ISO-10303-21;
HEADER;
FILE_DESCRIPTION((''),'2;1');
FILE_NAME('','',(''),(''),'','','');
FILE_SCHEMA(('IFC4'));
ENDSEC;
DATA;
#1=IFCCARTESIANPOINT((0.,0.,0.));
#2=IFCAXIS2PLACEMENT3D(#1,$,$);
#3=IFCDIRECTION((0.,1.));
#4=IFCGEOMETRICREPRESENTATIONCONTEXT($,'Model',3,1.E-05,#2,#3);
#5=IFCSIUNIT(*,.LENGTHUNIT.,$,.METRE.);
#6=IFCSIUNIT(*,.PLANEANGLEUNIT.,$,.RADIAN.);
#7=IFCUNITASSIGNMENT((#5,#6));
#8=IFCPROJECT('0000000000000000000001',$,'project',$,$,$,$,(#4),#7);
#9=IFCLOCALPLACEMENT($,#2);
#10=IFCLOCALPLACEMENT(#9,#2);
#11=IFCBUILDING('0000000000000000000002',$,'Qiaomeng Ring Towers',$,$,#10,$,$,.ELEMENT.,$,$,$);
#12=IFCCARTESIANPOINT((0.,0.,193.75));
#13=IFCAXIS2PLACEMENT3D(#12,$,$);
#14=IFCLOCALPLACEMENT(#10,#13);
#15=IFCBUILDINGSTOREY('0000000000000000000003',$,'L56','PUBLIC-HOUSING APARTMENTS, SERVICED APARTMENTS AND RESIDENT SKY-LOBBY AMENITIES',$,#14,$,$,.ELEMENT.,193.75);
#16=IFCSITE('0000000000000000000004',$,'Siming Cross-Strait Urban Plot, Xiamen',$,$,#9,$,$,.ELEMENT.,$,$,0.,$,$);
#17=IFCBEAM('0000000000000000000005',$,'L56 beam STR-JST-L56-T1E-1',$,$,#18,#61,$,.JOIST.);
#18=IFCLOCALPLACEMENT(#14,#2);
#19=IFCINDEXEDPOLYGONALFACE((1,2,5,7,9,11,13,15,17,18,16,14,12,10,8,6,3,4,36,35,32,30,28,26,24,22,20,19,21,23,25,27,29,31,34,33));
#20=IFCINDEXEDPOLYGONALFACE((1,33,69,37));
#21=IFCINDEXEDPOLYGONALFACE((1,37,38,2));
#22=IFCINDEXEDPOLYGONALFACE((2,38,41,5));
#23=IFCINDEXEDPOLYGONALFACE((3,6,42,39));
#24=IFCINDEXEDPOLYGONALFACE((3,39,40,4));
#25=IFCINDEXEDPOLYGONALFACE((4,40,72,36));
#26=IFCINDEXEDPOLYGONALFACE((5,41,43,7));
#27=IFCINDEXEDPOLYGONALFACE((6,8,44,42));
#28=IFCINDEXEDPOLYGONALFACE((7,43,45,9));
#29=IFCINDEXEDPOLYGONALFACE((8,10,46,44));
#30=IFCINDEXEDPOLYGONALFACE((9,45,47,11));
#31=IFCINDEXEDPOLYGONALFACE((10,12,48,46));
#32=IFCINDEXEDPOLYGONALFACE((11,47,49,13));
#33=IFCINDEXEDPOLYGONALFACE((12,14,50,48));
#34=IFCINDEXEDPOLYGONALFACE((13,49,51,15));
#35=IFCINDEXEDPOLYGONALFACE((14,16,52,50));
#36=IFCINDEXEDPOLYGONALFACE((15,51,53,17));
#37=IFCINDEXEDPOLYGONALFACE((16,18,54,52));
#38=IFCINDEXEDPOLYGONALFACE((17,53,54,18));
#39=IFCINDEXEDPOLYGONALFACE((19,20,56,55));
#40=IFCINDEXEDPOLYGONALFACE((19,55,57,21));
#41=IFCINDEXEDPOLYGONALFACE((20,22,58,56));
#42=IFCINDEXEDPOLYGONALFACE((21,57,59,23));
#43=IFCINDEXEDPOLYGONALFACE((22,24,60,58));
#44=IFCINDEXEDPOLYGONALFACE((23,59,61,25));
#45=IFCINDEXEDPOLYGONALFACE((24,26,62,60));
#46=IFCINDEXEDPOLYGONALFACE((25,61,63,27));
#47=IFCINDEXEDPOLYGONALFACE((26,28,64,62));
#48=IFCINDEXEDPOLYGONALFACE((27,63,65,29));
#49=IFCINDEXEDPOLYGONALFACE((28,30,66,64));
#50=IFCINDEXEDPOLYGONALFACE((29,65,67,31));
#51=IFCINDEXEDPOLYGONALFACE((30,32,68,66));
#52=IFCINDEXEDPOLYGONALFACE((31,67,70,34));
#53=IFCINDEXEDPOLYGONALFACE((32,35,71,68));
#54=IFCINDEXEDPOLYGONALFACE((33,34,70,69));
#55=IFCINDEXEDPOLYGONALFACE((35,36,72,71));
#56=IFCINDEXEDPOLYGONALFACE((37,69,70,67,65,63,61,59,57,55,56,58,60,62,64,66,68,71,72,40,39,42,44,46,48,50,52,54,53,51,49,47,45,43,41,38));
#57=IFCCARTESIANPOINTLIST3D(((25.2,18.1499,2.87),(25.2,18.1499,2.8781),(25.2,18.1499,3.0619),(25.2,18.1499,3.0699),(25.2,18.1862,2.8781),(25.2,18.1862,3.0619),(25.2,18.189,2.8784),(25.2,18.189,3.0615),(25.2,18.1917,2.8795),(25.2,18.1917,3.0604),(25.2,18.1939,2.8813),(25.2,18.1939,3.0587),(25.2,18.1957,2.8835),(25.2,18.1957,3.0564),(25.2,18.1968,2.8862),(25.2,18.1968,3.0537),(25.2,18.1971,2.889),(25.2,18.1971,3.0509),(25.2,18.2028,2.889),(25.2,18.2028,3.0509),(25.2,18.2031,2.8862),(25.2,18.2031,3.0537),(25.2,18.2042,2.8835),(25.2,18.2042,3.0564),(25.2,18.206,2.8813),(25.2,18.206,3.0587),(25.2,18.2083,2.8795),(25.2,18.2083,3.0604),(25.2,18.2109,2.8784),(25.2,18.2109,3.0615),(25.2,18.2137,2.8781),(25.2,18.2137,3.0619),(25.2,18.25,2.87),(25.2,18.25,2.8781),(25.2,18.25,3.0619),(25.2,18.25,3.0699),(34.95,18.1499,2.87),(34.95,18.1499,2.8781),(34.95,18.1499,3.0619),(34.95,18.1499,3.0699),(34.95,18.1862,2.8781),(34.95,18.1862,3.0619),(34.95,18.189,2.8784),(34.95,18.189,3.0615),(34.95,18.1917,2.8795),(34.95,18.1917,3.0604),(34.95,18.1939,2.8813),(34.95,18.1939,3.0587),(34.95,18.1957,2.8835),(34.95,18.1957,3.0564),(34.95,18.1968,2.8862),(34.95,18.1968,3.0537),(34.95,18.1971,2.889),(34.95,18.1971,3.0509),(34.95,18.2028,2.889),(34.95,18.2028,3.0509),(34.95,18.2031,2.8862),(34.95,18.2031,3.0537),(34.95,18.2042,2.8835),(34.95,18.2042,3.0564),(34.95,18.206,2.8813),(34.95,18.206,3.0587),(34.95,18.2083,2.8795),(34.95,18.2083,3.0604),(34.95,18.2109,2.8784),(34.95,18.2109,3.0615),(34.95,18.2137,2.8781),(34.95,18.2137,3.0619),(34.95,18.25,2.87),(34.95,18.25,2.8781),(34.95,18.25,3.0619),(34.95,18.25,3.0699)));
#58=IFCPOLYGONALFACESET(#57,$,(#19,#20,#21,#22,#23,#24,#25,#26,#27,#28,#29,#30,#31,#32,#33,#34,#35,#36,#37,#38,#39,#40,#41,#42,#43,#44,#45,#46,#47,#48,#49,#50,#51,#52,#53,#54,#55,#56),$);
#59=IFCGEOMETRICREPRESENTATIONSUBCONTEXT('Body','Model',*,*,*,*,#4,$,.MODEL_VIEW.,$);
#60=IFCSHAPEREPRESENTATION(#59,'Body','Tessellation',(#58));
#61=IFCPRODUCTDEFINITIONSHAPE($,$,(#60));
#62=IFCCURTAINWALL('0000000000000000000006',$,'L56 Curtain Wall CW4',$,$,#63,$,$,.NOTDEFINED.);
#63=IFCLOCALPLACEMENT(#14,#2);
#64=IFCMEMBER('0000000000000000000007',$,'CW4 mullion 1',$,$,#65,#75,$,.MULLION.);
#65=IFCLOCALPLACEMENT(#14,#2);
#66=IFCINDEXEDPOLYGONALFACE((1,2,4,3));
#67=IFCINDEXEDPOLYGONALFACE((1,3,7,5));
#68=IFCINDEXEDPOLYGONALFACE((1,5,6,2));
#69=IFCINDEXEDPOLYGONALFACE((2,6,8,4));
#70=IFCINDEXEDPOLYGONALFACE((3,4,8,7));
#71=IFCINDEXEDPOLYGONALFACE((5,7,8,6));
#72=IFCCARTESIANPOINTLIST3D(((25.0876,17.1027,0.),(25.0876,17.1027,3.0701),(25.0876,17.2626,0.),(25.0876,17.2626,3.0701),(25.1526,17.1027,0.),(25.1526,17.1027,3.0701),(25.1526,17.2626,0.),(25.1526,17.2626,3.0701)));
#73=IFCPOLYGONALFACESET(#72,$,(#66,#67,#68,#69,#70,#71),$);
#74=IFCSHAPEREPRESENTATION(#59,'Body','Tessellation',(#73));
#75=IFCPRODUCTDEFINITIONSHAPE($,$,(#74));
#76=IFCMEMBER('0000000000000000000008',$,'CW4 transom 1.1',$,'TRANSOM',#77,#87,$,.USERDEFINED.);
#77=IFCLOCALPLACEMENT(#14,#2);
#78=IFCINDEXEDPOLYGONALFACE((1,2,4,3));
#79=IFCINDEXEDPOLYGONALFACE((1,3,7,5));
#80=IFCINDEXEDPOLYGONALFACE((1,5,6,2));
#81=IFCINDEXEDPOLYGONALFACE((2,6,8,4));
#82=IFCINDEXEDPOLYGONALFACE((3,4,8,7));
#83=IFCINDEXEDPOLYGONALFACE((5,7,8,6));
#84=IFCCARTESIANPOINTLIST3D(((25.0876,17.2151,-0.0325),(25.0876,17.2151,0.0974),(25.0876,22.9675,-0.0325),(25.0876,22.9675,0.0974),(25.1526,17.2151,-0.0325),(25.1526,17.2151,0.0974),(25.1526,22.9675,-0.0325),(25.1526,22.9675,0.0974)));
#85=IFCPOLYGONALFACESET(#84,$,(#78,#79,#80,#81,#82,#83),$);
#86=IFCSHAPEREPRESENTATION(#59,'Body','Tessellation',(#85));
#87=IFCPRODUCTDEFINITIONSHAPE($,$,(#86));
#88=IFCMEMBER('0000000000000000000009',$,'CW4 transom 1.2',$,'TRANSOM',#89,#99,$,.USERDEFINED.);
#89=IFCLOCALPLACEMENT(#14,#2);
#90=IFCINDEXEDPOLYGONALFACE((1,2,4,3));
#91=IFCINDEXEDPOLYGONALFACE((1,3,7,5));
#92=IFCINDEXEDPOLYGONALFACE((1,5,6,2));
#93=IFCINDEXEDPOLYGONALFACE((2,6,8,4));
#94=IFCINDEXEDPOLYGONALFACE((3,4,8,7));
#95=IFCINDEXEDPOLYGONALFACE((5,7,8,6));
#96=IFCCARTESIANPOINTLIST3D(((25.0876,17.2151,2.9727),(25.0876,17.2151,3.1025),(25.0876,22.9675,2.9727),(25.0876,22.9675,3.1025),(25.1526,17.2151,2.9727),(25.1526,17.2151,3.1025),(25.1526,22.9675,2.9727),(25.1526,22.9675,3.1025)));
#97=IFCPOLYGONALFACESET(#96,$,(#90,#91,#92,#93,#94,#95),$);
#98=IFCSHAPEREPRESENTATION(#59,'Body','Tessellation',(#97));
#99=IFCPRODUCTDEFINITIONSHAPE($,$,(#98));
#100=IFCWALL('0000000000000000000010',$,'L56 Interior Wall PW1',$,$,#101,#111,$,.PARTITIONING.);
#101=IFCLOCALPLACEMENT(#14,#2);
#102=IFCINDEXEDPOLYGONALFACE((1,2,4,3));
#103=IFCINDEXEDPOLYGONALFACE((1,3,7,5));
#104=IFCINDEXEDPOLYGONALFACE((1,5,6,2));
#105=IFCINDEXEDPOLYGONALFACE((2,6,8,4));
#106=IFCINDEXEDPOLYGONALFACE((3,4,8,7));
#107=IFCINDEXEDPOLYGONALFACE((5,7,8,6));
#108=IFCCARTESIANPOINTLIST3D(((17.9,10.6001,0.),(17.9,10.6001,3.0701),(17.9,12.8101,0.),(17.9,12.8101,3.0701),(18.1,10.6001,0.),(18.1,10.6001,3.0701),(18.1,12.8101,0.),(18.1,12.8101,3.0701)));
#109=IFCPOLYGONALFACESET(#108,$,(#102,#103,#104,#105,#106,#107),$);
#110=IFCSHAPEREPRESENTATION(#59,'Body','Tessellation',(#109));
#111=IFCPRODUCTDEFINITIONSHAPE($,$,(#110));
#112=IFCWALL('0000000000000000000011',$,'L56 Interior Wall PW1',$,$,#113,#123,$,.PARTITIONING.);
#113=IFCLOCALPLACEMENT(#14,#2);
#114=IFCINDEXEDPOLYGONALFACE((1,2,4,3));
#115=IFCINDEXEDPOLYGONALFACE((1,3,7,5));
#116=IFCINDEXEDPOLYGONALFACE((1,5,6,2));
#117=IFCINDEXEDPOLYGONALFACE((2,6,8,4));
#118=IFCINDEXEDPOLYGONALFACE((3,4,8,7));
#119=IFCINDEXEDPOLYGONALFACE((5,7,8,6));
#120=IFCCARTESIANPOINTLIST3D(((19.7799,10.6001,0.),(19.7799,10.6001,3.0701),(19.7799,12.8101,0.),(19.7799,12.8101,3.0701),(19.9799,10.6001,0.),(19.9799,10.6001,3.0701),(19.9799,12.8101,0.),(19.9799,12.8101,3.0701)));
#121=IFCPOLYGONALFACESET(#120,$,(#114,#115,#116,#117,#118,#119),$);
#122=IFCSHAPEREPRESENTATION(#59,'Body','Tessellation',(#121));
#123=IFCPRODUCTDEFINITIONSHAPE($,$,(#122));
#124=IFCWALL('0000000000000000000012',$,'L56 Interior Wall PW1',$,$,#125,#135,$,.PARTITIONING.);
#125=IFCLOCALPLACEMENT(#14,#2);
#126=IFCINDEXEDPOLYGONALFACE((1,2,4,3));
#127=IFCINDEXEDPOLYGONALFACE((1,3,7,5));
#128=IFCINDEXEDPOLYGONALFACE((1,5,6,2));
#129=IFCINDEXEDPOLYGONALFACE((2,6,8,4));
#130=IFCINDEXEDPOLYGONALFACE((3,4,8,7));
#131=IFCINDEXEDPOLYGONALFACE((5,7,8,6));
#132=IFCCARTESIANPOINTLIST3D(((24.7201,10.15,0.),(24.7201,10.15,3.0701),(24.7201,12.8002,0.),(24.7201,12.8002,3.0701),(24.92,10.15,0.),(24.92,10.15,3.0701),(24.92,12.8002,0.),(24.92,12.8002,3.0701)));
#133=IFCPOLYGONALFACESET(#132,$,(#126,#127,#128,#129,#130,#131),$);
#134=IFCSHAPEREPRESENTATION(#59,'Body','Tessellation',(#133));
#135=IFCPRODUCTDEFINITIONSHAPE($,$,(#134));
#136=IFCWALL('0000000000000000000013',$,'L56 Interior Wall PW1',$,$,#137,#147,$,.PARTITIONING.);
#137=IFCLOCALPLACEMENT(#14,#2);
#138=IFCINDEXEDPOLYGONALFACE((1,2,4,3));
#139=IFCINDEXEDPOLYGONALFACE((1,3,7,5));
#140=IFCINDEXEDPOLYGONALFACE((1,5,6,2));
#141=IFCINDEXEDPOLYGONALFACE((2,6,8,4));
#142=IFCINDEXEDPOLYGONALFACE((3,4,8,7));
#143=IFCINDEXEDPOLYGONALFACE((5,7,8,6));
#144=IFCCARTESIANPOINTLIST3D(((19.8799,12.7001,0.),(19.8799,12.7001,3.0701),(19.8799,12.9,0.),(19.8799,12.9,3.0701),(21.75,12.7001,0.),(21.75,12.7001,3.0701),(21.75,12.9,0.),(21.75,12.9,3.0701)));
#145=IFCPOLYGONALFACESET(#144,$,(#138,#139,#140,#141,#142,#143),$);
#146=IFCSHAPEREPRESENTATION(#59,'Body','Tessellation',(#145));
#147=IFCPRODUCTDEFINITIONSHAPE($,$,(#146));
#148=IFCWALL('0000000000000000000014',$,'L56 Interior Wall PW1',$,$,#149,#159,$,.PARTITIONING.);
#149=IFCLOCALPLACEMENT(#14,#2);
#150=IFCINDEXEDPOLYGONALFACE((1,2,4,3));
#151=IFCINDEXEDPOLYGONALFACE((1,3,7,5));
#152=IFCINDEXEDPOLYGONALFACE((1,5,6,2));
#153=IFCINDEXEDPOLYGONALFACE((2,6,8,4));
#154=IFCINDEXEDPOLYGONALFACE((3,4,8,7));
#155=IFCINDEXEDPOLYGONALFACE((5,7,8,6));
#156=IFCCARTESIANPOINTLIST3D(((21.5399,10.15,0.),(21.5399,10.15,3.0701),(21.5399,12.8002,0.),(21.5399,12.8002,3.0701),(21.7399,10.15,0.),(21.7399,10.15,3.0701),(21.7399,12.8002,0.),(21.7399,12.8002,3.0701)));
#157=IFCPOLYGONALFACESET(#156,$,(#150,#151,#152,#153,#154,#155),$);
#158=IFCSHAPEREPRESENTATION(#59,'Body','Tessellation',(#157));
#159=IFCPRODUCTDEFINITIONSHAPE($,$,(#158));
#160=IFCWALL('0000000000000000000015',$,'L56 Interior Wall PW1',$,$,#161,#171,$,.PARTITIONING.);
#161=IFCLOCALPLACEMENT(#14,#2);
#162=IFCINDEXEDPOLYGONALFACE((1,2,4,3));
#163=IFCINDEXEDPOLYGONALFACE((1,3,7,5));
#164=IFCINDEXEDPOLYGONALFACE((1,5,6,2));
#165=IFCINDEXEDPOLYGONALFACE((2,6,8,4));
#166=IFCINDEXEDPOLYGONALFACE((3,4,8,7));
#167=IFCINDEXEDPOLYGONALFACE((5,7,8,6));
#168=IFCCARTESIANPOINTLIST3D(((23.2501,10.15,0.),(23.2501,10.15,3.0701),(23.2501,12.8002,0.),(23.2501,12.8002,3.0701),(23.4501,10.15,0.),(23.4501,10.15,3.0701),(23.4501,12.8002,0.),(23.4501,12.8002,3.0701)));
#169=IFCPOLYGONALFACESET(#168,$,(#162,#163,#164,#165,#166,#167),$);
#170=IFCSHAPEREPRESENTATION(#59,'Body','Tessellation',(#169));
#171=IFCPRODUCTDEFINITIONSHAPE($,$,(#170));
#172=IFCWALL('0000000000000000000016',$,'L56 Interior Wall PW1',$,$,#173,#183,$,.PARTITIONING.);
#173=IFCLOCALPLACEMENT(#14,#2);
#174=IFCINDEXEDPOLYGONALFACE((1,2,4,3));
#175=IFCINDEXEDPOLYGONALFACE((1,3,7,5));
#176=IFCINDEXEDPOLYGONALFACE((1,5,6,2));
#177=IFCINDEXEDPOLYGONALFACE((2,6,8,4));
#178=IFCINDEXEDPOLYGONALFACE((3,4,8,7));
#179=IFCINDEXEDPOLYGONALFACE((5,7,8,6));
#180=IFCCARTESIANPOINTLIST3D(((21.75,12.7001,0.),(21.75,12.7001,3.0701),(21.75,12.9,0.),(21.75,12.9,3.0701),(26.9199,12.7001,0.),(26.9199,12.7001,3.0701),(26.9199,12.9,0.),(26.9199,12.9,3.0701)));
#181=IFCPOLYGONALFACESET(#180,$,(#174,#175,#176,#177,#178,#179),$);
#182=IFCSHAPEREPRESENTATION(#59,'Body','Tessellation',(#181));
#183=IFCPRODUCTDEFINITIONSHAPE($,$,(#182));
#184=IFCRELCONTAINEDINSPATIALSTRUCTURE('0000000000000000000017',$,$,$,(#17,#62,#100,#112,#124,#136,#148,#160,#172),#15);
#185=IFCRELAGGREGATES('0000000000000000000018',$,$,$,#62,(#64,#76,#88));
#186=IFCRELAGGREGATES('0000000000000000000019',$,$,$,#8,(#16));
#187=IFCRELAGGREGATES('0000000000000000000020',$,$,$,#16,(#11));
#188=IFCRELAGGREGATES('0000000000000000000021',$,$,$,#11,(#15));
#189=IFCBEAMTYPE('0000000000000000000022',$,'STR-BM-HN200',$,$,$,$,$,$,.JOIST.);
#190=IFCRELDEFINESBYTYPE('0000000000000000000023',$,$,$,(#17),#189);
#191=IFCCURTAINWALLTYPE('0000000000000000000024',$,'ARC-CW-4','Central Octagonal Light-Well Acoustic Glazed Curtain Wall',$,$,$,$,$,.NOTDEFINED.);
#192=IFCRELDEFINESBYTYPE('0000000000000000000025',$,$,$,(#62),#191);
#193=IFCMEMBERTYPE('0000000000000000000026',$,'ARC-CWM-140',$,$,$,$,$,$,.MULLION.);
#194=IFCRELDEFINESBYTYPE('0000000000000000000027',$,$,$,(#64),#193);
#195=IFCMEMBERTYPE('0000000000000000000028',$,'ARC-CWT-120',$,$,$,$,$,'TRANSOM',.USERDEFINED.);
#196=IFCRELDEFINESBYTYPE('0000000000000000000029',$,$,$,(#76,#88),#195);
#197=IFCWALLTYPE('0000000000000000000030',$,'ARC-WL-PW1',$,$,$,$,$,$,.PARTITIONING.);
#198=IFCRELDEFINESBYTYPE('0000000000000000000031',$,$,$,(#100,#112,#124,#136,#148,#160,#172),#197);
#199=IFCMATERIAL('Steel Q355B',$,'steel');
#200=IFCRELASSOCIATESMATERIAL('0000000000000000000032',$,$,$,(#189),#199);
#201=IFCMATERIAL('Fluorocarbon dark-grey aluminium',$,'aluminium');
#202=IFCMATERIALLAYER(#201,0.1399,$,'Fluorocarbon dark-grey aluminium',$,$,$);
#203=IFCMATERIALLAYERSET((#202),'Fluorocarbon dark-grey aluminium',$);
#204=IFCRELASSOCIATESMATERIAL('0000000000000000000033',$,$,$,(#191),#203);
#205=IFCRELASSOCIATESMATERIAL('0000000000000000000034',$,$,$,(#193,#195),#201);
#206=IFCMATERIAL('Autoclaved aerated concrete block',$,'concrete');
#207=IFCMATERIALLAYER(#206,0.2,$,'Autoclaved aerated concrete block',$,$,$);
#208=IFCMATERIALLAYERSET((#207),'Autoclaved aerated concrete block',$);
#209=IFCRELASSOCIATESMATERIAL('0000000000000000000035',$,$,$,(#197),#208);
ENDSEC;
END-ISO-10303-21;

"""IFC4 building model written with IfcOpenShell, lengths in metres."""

from ifc_helpers import new_model, si_unit, direction, frame, frame_2d, origin, origin_2d, place, context, subcontext, project, spatial, rectangle, i_section, extrude, source, transform, mapped, material, layer, layer_set, material_profile, profile_set, type_object, element, aggregate, save


model = new_model("IFC4")

# Units and contexts
model_context = context("Model", 3, precision=1e-05, world=origin(), true_north=direction((0.0, 1.0)))
body_context = subcontext(model_context, "Body", "Model", "MODEL_VIEW")
ifc_project = project(units=[si_unit("LENGTHUNIT", "METRE"), si_unit("PLANEANGLEUNIT", "RADIAN")], contexts=[model_context])

# Site, building, storey
site_placement = place(None, origin())
site = spatial("IfcSite", under=ifc_project, at=site_placement, Name="Siming Cross-Strait Urban Plot, Xiamen", CompositionType="ELEMENT", RefElevation=0.0)
building_placement = place(site_placement, origin())
building = spatial("IfcBuilding", under=site, at=building_placement, Name="Qiaomeng Ring Towers", CompositionType="ELEMENT")
storey_placement = place(building_placement, frame((0.0, 0.0, 193.75)))
storey = spatial("IfcBuildingStorey", under=building, at=storey_placement, Name="L56", Description="PUBLIC-HOUSING APARTMENTS, SERVICED APARTMENTS AND RESIDENT SKY-LOBBY AMENITIES", CompositionType="ELEMENT", Elevation=193.75)

# Beam
ifc_material_1 = material(Name="Steel Q355B", Category="steel")
ifc_material_profile_1 = material_profile(ifc_material_1, i_section(OverallWidth=0.1001, OverallDepth=0.2, WebThickness=0.0056, FlangeThickness=0.0081, FilletRadius=0.011, at=origin_2d()), Name="HN 200x100x5.5x8")
ifc_profile_set_1 = profile_set([ifc_material_profile_1], Name="Steel Q355B")
beam_type_1 = type_object("IfcBeamType", Name="STR-BM-HN200", PredefinedType="JOIST", material=ifc_profile_set_1)
shared_shape_1 = source(origin(), body_context, "Body", "SweptSolid", [
    extrude(i_section(OverallWidth=0.1001, OverallDepth=0.2, WebThickness=0.0056, FlangeThickness=0.0081, FilletRadius=0.011, at=origin_2d()), origin(), (0.0, 0.0, 1.0), 9.75),
])
beam_1_placement = place(storey_placement, frame((25.2, 18.2, 2.97), z_axis=(1.0, 0.0, 0.0), x_axis=(0.0, 1.0, 0.0)))
element("IfcBeam", 1, at=beam_1_placement, inside=storey, type_object=beam_type_1, Name="L56 beam STR-JST-L56-T1E-1", PredefinedType="JOIST", context=body_context, shape_type="MappedRepresentation", body=[
    mapped(shared_shape_1, transform((0.0, 0.0, 0.0), x_axis=(1.0, 0.0, 0.0), y_axis=(0.0, 1.0, 0.0), z_axis=(0.0, 0.0, 1.0), scale=1.0)),
])

# Curtain wall, members
ifc_material_2 = material(Name="Fluorocarbon dark-grey aluminium", Category="aluminium")
ifc_layer_1 = layer(ifc_material_2, 0.1399, Name="Fluorocarbon dark-grey aluminium")
ifc_layer_set_1 = layer_set([ifc_layer_1], Name="Fluorocarbon dark-grey aluminium")
curtain_wall_type = type_object("IfcCurtainWallType", Name="ARC-CW-4", Description="Central Octagonal Light-Well Acoustic Glazed Curtain Wall", PredefinedType="NOTDEFINED", material=ifc_layer_set_1)
curtain_wall_placement = place(storey_placement, origin())
curtain_wall = element("IfcCurtainWall", 2, at=curtain_wall_placement, inside=storey, type_object=curtain_wall_type, Name="L56 Curtain Wall CW4", PredefinedType="NOTDEFINED")
ifc_material_profile_2 = material_profile(ifc_material_2, rectangle(XDim=0.0649, YDim=0.1599, at=origin_2d()), Name="ALU MULL 65x160")
ifc_profile_set_2 = profile_set([ifc_material_profile_2], Name="Fluorocarbon dark-grey aluminium")
member_type_1 = type_object("IfcMemberType", Name="ARC-CWM-140", PredefinedType="MULLION", material=ifc_profile_set_2)
shared_shape_2 = source(origin(), body_context, "Body", "SweptSolid", [
    extrude(rectangle(XDim=0.0649, YDim=0.1599, at=origin_2d()), origin(), (0.0, 0.0, 1.0), 3.0701),
])
member_1_placement = place(storey_placement, frame((25.1201, 17.1826, 0.0), z_axis=(0.0, 0.0, 1.0), x_axis=(-1.0, 0.0, 0.0)))
member_1 = element("IfcMember", 3, at=member_1_placement, type_object=member_type_1, Name="CW4 mullion 1", PredefinedType="MULLION", context=body_context, shape_type="MappedRepresentation", body=[
    mapped(shared_shape_2, transform((0.0, 0.0, 0.0), x_axis=(1.0, 0.0, 0.0), y_axis=(0.0, 1.0, 0.0), z_axis=(0.0, 0.0, 1.0), scale=1.0)),
])
ifc_material_profile_3 = material_profile(ifc_material_2, rectangle(XDim=0.0649, YDim=0.1299, at=origin_2d()), Name="ALU TRAN 65x130")
ifc_profile_set_3 = profile_set([ifc_material_profile_3], Name="Fluorocarbon dark-grey aluminium")
member_type_2 = type_object("IfcMemberType", Name="ARC-CWT-120", ElementType="TRANSOM", PredefinedType="USERDEFINED", material=ifc_profile_set_3)
shared_shape_3 = source(origin(), body_context, "Body", "SweptSolid", [
    extrude(rectangle(XDim=0.0649, YDim=0.1299, at=origin_2d()), origin(), (0.0, 0.0, 1.0), 5.7524),
])
member_2_placement = place(storey_placement, frame((25.1201, 17.2151, 0.0325), z_axis=(0.0, 1.0, 0.0), x_axis=(-1.0, 0.0, 0.0)))
member_2 = element("IfcMember", 4, at=member_2_placement, type_object=member_type_2, Name="CW4 transom 1.1", ObjectType="TRANSOM", PredefinedType="USERDEFINED", context=body_context, shape_type="MappedRepresentation", body=[
    mapped(shared_shape_3, transform((0.0, 0.0, 0.0), x_axis=(1.0, 0.0, 0.0), y_axis=(0.0, 1.0, 0.0), z_axis=(0.0, 0.0, 1.0), scale=1.0)),
])
member_3_placement = place(storey_placement, frame((25.1201, 17.2151, 3.0376), z_axis=(0.0, 1.0, 0.0), x_axis=(-1.0, 0.0, 0.0)))
member_3 = element("IfcMember", 5, at=member_3_placement, type_object=member_type_2, Name="CW4 transom 1.2", ObjectType="TRANSOM", PredefinedType="USERDEFINED", context=body_context, shape_type="MappedRepresentation", body=[
    mapped(shared_shape_3, transform((0.0, 0.0, 0.0), x_axis=(1.0, 0.0, 0.0), y_axis=(0.0, 1.0, 0.0), z_axis=(0.0, 0.0, 1.0), scale=1.0)),
])
aggregate(curtain_wall, [member_1, member_2, member_3])

# Walls
ifc_material_3 = material(Name="Autoclaved aerated concrete block", Category="concrete")
ifc_layer_2 = layer(ifc_material_3, 0.2, Name="Autoclaved aerated concrete block")
ifc_layer_set_2 = layer_set([ifc_layer_2], Name="Autoclaved aerated concrete block")
wall_type_1 = type_object("IfcWallType", Name="ARC-WL-PW1", PredefinedType="PARTITIONING", material=ifc_layer_set_2)
for number, where, z_axis, x_axis, name in (
    (6, (18.0, 10.6001, 0.0), (0.0, 0.0, 1.0), (0.0, 1.0, 0.0), "L56 Interior Wall PW1"),
    (7, (19.8799, 10.6001, 0.0), (0.0, 0.0, 1.0), (0.0, 1.0, 0.0), "L56 Interior Wall PW1"),
):
    element("IfcWall", number, at=place(storey_placement, frame(where, z_axis=z_axis, x_axis=x_axis)), inside=storey, type_object=wall_type_1, Name=name, PredefinedType="PARTITIONING", context=body_context, shape_type="SweptSolid", body=[
        extrude(rectangle(XDim=2.21, YDim=0.2, at=frame_2d((1.105, 0.0))), origin(), (0.0, 0.0, 1.0), 3.0701),
    ])
wall_1_placement = place(storey_placement, frame((24.8201, 10.1499, 0.0), z_axis=(0.0, 0.0, 1.0), x_axis=(0.0, 1.0, 0.0)))
element("IfcWall", 8, at=wall_1_placement, inside=storey, type_object=wall_type_1, Name="L56 Interior Wall PW1", PredefinedType="PARTITIONING", context=body_context, shape_type="SweptSolid", body=[
    extrude(rectangle(XDim=2.6501, YDim=0.2, at=frame_2d((1.3252, 0.0))), origin(), (0.0, 0.0, 1.0), 3.0701),
])
wall_2_placement = place(storey_placement, frame((19.8799, 12.8, 0.0), z_axis=(0.0, 0.0, 1.0), x_axis=(1.0, 0.0, 0.0)))
element("IfcWall", 9, at=wall_2_placement, inside=storey, type_object=wall_type_1, Name="L56 Interior Wall PW1", PredefinedType="PARTITIONING", context=body_context, shape_type="SweptSolid", body=[
    extrude(rectangle(XDim=1.8701, YDim=0.2, at=frame_2d((0.9351, 0.0))), origin(), (0.0, 0.0, 1.0), 3.0701),
])
for number, where, z_axis, x_axis, name in (
    (10, (21.6399, 10.1499, 0.0), (0.0, 0.0, 1.0), (0.0, 1.0, 0.0), "L56 Interior Wall PW1"),
    (11, (23.3501, 10.1499, 0.0), (0.0, 0.0, 1.0), (0.0, 1.0, 0.0), "L56 Interior Wall PW1"),
):
    element("IfcWall", number, at=place(storey_placement, frame(where, z_axis=z_axis, x_axis=x_axis)), inside=storey, type_object=wall_type_1, Name=name, PredefinedType="PARTITIONING", context=body_context, shape_type="SweptSolid", body=[
        extrude(rectangle(XDim=2.6501, YDim=0.2, at=frame_2d((1.3252, 0.0))), origin(), (0.0, 0.0, 1.0), 3.0701),
    ])
wall_3_placement = place(storey_placement, frame((21.75, 12.8, 0.0), z_axis=(0.0, 0.0, 1.0), x_axis=(1.0, 0.0, 0.0)))
element("IfcWall", 12, at=wall_3_placement, inside=storey, type_object=wall_type_1, Name="L56 Interior Wall PW1", PredefinedType="PARTITIONING", context=body_context, shape_type="SweptSolid", body=[
    extrude(rectangle(XDim=5.1699, YDim=0.2, at=frame_2d((2.585, 0.0))), origin(), (0.0, 0.0, 1.0), 3.0701),
])

save(model, "model.ifc")
